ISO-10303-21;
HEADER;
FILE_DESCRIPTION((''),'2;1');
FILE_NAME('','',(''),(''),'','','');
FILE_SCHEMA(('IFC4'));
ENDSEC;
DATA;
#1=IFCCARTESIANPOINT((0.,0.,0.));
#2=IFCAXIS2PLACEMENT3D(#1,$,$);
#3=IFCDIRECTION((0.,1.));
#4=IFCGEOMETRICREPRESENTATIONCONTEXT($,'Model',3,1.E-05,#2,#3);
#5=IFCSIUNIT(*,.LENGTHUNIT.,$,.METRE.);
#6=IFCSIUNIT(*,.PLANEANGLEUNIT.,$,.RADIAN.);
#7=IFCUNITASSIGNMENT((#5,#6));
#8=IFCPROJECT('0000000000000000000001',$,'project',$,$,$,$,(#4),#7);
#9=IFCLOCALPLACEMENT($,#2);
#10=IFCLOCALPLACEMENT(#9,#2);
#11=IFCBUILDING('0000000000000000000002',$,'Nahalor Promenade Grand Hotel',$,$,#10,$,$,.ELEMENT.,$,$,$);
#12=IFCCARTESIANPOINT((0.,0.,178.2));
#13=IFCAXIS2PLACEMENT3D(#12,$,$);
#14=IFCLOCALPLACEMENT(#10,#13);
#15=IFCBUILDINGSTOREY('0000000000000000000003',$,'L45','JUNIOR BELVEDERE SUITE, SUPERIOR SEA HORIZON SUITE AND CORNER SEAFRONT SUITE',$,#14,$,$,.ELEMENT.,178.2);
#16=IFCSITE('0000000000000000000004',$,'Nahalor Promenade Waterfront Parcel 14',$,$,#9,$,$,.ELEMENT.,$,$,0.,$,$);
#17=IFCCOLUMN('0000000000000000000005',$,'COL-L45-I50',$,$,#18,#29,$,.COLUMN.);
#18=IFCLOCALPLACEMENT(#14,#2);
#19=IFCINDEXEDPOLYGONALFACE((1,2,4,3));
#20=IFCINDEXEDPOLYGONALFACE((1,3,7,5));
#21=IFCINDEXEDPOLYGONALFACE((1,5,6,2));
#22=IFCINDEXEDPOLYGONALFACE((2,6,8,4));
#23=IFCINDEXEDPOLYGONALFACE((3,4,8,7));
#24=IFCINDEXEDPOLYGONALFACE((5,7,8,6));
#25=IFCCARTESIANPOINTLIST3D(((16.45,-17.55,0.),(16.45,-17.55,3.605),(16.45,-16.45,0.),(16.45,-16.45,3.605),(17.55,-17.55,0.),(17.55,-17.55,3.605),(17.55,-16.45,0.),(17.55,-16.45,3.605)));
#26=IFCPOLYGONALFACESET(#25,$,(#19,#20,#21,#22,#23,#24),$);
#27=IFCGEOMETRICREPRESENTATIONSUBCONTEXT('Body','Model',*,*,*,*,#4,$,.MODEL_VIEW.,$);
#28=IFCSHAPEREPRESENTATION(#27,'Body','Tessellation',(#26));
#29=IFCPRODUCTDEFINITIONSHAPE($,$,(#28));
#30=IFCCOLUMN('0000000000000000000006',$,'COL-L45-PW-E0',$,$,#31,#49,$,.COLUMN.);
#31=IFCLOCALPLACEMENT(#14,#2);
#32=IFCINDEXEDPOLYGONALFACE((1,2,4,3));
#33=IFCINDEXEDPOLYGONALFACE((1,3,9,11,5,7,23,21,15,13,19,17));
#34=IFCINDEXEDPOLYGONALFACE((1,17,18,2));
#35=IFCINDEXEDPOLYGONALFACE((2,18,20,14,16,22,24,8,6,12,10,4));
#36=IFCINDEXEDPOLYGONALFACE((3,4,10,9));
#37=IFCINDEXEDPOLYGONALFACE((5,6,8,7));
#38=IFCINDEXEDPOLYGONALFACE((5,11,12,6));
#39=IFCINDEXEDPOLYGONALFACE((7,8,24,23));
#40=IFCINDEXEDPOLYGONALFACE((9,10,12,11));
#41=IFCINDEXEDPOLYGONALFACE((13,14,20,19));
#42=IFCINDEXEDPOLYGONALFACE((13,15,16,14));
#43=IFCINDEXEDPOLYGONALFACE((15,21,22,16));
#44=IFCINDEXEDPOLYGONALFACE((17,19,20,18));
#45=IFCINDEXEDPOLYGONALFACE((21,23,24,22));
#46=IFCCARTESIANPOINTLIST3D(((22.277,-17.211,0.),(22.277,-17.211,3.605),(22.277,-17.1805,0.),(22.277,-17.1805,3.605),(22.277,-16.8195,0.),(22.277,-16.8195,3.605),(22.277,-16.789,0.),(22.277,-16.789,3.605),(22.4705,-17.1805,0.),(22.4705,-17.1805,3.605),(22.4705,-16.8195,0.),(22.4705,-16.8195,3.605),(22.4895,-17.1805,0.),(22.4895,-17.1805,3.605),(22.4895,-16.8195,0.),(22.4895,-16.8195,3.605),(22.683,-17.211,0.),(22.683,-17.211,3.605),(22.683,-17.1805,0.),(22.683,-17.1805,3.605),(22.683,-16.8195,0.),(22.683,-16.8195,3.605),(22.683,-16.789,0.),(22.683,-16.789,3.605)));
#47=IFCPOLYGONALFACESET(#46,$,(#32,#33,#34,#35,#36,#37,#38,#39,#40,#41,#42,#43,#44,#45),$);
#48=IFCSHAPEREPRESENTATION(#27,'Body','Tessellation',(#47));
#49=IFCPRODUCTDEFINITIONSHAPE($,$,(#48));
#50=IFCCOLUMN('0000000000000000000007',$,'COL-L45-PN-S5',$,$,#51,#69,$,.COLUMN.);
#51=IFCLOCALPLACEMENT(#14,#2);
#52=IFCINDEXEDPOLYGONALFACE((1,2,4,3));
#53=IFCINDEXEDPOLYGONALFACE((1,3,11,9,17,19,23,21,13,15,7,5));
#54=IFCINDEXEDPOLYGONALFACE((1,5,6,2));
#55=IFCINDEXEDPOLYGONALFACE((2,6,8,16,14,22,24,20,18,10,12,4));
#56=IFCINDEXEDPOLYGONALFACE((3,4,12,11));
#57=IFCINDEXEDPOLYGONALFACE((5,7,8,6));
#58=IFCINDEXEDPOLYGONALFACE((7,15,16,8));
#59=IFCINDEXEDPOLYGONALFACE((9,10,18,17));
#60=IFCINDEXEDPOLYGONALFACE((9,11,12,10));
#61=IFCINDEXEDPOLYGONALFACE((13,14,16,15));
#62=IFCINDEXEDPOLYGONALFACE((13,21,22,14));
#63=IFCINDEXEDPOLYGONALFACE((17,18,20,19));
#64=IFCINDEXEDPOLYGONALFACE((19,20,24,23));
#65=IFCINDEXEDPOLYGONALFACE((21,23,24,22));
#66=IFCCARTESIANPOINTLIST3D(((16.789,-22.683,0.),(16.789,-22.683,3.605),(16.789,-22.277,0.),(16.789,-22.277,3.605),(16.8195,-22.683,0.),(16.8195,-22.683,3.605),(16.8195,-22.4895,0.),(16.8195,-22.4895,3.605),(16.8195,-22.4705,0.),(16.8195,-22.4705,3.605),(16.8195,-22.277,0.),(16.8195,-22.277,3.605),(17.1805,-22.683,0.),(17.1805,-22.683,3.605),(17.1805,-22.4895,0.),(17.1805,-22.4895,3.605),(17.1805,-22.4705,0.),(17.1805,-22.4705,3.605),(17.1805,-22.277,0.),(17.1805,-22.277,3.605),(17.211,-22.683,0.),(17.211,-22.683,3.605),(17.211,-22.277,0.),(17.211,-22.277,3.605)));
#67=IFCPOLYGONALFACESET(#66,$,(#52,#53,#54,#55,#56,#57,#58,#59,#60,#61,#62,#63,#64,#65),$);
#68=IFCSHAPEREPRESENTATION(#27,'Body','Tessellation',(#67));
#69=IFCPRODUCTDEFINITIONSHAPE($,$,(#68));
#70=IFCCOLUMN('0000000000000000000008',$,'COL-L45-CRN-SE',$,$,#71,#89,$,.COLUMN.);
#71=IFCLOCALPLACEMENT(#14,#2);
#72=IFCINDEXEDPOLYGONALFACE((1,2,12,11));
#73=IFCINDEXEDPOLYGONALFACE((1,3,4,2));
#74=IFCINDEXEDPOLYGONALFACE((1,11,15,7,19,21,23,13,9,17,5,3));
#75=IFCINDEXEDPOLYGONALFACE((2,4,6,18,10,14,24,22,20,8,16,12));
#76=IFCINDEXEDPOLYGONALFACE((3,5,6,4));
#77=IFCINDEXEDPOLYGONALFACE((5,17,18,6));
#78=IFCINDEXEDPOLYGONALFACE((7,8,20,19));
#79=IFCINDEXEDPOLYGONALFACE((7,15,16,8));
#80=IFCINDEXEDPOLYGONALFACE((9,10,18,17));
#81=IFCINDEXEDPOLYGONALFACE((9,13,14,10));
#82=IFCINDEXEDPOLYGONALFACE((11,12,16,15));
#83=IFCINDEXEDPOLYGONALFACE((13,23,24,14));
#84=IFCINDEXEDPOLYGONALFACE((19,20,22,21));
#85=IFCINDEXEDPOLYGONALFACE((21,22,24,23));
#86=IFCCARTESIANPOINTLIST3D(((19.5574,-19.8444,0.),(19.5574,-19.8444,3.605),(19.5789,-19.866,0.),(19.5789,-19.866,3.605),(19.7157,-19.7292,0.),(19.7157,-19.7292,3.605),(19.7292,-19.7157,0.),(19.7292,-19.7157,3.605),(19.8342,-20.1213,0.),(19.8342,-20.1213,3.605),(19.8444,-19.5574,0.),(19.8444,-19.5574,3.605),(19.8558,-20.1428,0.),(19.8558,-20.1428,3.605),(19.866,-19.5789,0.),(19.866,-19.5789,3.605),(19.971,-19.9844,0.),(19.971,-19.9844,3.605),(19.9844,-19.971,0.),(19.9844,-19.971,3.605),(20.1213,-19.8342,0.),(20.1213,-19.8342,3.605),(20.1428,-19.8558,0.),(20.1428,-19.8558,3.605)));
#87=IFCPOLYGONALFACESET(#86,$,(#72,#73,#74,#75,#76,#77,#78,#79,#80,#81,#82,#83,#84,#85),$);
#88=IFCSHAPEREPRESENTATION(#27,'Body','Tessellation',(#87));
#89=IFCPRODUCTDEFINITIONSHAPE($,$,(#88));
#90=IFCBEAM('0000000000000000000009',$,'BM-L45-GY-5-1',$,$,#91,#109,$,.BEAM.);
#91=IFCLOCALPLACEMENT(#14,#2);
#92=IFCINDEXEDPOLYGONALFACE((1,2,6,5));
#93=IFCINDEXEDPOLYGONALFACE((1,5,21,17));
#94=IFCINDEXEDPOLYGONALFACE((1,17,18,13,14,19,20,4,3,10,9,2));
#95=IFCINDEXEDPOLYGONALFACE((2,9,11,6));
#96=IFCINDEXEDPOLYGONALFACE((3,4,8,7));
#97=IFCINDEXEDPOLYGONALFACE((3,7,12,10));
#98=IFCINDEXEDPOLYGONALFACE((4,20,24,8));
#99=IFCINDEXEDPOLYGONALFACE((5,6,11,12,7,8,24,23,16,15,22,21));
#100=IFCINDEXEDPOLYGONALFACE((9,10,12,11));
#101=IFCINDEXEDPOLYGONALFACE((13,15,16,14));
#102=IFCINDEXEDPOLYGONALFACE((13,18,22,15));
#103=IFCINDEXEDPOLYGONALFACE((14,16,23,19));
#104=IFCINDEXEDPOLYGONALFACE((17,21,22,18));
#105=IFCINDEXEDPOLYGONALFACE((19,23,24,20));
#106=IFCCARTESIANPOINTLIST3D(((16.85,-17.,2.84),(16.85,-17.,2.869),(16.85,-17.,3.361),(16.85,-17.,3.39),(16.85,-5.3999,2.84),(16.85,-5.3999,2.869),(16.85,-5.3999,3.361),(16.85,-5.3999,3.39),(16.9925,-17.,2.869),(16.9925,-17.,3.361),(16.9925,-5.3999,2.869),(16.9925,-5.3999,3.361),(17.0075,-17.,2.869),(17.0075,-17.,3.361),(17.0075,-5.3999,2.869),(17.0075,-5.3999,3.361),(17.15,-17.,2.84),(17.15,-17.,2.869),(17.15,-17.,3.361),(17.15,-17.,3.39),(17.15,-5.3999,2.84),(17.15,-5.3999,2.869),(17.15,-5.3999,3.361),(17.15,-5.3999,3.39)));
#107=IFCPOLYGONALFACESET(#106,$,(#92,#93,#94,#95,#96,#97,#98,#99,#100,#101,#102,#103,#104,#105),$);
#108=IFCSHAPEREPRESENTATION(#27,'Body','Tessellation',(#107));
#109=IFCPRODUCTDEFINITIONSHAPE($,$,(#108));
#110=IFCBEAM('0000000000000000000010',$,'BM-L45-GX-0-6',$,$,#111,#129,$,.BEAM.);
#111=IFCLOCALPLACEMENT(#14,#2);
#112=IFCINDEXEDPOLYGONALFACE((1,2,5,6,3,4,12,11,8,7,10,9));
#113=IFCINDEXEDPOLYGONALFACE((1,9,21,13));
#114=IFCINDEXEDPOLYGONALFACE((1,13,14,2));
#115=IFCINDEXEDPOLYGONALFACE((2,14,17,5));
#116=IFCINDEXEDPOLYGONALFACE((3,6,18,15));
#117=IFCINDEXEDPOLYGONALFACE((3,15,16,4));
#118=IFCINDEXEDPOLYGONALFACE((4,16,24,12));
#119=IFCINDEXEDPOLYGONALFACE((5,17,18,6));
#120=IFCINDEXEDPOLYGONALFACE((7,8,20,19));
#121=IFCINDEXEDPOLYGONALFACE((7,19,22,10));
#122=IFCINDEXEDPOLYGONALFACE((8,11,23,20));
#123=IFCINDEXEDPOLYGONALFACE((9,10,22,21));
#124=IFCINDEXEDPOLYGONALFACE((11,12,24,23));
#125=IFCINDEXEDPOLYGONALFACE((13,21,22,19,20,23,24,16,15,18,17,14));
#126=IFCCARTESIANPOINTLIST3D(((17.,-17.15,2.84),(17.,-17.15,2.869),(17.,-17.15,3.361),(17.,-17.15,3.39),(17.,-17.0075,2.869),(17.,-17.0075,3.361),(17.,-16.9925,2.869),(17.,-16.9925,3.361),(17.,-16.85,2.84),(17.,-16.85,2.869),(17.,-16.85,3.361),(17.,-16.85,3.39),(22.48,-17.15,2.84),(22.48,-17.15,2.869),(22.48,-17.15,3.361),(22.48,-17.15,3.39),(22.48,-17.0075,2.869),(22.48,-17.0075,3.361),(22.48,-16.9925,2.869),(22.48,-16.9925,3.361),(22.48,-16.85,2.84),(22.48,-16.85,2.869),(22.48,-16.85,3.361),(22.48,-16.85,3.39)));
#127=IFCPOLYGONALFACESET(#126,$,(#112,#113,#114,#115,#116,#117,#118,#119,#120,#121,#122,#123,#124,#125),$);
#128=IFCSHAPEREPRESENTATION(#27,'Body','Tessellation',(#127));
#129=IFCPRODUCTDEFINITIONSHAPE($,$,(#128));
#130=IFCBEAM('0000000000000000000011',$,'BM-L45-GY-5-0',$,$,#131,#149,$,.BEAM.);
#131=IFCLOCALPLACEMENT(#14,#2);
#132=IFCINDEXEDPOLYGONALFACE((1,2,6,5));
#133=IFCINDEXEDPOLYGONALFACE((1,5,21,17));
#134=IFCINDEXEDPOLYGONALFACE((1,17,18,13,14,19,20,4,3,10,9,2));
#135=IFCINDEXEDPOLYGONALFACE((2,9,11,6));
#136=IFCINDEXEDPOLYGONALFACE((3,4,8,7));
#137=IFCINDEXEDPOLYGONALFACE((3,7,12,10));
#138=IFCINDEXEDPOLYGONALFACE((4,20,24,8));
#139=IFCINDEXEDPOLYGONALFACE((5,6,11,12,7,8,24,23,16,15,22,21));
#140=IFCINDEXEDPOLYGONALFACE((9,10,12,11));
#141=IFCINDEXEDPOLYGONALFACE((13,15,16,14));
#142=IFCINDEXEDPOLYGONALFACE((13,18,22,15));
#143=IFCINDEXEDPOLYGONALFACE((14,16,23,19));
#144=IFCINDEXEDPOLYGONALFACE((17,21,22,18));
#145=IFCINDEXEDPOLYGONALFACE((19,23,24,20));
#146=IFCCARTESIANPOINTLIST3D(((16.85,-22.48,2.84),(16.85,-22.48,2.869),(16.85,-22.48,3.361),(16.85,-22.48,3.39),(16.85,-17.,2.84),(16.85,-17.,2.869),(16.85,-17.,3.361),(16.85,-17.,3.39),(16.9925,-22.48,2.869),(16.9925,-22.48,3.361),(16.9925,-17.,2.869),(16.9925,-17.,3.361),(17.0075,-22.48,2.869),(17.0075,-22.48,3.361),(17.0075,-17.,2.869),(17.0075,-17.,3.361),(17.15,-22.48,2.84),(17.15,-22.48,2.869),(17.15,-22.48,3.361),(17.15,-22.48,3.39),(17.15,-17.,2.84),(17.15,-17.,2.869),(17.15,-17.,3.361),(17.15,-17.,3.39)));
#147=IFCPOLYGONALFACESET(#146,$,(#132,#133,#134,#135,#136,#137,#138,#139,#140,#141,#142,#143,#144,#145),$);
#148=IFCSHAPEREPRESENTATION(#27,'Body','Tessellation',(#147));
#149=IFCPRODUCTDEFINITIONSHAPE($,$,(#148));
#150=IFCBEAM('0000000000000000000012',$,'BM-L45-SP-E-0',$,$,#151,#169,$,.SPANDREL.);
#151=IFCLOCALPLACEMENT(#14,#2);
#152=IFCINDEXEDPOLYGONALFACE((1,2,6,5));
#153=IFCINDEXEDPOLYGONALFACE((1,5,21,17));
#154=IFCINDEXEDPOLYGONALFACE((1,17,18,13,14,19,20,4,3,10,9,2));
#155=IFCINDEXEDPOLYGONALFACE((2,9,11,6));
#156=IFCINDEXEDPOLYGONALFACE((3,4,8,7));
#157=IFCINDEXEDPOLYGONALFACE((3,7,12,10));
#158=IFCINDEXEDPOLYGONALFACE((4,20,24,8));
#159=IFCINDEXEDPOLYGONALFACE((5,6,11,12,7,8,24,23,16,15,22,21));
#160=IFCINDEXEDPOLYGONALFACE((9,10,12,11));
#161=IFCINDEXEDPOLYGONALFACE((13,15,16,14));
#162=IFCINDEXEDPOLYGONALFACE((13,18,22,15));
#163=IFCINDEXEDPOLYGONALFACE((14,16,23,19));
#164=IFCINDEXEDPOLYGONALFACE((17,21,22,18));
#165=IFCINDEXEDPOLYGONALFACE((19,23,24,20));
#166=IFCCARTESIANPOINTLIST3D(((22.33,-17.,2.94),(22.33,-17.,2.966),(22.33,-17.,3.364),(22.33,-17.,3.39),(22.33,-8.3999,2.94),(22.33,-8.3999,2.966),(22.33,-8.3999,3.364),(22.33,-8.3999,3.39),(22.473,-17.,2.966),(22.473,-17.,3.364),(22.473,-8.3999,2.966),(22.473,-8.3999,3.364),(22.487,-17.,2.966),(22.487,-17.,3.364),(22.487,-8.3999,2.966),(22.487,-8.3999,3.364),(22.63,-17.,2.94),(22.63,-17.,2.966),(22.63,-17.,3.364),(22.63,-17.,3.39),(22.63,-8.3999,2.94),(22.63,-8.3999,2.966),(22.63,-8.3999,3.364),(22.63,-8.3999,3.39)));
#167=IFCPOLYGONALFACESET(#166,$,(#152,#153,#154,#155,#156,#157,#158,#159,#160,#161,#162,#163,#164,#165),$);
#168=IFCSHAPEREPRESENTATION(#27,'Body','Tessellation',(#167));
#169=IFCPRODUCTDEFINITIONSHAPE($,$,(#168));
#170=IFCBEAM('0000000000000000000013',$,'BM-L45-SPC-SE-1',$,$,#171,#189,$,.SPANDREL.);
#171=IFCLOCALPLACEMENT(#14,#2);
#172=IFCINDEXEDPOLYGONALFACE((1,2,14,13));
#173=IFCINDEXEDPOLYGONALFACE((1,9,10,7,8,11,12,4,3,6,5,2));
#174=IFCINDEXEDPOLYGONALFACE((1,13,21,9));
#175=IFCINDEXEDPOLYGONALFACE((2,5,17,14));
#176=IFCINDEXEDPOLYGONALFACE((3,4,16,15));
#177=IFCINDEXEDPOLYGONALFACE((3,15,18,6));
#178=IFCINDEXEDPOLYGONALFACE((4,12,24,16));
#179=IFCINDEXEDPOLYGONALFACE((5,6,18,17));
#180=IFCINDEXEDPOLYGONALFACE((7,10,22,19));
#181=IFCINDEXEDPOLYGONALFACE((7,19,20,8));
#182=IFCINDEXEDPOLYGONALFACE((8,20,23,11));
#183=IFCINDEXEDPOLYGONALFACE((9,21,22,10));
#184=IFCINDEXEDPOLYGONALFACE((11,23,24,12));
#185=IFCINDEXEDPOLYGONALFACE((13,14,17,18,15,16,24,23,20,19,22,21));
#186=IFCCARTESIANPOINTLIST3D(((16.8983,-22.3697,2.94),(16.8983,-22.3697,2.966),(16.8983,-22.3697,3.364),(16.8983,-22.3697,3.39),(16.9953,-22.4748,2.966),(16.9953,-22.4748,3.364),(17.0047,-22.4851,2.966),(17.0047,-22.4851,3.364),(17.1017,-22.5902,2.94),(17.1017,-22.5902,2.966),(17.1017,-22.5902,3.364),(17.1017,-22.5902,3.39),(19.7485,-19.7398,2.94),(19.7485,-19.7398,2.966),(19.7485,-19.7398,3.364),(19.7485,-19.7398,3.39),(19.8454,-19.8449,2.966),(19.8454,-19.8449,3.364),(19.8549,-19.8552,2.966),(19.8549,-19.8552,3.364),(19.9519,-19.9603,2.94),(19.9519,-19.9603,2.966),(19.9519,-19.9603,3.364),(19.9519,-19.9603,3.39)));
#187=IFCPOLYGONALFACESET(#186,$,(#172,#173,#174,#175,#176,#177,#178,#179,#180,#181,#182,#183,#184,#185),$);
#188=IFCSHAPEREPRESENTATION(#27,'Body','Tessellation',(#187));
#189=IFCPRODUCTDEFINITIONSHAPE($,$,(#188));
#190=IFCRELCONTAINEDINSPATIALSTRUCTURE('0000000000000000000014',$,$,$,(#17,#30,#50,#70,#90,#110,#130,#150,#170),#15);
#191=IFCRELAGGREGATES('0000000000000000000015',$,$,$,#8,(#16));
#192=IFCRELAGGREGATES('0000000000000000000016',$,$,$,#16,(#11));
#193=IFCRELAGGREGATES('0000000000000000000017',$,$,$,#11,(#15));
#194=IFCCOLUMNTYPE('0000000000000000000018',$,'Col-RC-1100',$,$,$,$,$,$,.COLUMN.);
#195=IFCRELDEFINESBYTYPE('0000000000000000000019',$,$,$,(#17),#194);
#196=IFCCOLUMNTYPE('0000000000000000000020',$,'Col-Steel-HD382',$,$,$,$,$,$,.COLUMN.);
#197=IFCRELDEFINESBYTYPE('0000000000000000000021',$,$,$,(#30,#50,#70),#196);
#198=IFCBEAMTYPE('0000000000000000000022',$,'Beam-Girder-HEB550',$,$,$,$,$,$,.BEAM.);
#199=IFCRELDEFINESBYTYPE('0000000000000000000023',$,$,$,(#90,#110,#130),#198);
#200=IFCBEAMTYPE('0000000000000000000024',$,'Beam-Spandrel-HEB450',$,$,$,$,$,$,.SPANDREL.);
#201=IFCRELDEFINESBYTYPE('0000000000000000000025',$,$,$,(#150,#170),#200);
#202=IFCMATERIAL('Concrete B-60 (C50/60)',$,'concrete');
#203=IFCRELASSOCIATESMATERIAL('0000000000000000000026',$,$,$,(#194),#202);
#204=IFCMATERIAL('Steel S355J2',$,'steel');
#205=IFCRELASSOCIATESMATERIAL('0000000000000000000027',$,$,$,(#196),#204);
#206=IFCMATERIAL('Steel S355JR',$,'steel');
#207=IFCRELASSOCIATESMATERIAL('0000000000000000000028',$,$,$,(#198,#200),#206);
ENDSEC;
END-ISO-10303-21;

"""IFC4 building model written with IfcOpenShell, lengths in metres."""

from ifc_helpers import new_model, si_unit, direction, frame, origin, origin_2d, place, context, subcontext, project, spatial, rectangle, i_section, extrude, source, transform, mapped, material, material_profile, profile_set, type_object, element, save


model = new_model("IFC4")

# Units and contexts
model_context = context("Model", 3, precision=1e-05, world=origin(), true_north=direction((0.0, 1.0)))
body_context = subcontext(model_context, "Body", "Model", "MODEL_VIEW")
ifc_project = project(units=[si_unit("LENGTHUNIT", "METRE"), si_unit("PLANEANGLEUNIT", "RADIAN")], contexts=[model_context])

# Site, building, storey
site_placement = place(None, origin())
site = spatial("IfcSite", under=ifc_project, at=site_placement, Name="Nahalor Promenade Waterfront Parcel 14", CompositionType="ELEMENT", RefElevation=0.0)
building_placement = place(site_placement, origin())
building = spatial("IfcBuilding", under=site, at=building_placement, Name="Nahalor Promenade Grand Hotel", CompositionType="ELEMENT")
storey_placement = place(building_placement, frame((0.0, 0.0, 178.2)))
storey = spatial("IfcBuildingStorey", under=building, at=storey_placement, Name="L45", Description="JUNIOR BELVEDERE SUITE, SUPERIOR SEA HORIZON SUITE AND CORNER SEAFRONT SUITE", CompositionType="ELEMENT", Elevation=178.2)

# Columns
ifc_material_1 = material(Name="Concrete B-60 (C50/60)", Category="concrete")
ifc_material_profile_1 = material_profile(ifc_material_1, rectangle(XDim=1.1, YDim=1.1, at=origin_2d()), Name="RC 1100x1100")
ifc_profile_set_1 = profile_set([ifc_material_profile_1], Name="Concrete B-60 (C50/60)")
column_type_1 = type_object("IfcColumnType", Name="Col-RC-1100", PredefinedType="COLUMN", material=ifc_profile_set_1)
shared_shape_1 = source(origin(), body_context, "Body", "SweptSolid", [
    extrude(rectangle(XDim=1.1, YDim=1.1, at=origin_2d()), origin(), (0.0, 0.0, 1.0), 3.605),
])
column_placement = place(storey_placement, frame((17.0, -17.0, 0.0), z_axis=(0.0, 0.0, 1.0), x_axis=(1.0, 0.0, 0.0)))
element("IfcColumn", 1, at=column_placement, inside=storey, type_object=column_type_1, Name="COL-L45-I50", PredefinedType="COLUMN", context=body_context, shape_type="MappedRepresentation", body=[
    mapped(shared_shape_1, transform((0.0, 0.0, 0.0), scale=1.0)),
])
ifc_material_2 = material(Name="Steel S355J2", Category="steel")
ifc_material_profile_2 = material_profile(ifc_material_2, i_section(OverallWidth=0.406, OverallDepth=0.422, WebThickness=0.019, FlangeThickness=0.0305, at=origin_2d()), Name="HD 400x382")
ifc_profile_set_2 = profile_set([ifc_material_profile_2], Name="Steel S355J2")
column_type_2 = type_object("IfcColumnType", Name="Col-Steel-HD382", PredefinedType="COLUMN", material=ifc_profile_set_2)
shared_shape_2 = source(origin(), body_context, "Body", "SweptSolid", [
    extrude(i_section(OverallWidth=0.406, OverallDepth=0.422, WebThickness=0.019, FlangeThickness=0.0305, at=origin_2d()), origin(), (0.0, 0.0, 1.0), 3.605),
])
for number, where, z_axis, x_axis, name in (
    (2, (22.48, -17.0, 0.0), (0.0, 0.0, 1.0), (1.0, 0.0, 0.0), "COL-L45-PW-E0"),
    (3, (17.0, -22.48, 0.0), (0.0, 0.0, 1.0), (0.0, 1.0, 0.0), "COL-L45-PN-S5"),
    (4, (19.8501, -19.8501, 0.0), (0.0, 0.0, 1.0), (0.707107, 0.707107, 0.0), "COL-L45-CRN-SE"),
):
    element("IfcColumn", number, at=place(storey_placement, frame(where, z_axis=z_axis, x_axis=x_axis)), inside=storey, type_object=column_type_2, Name=name, PredefinedType="COLUMN", context=body_context, shape_type="MappedRepresentation", body=[
        mapped(shared_shape_2, transform((0.0, 0.0, 0.0), scale=1.0)),
    ])

# Beams
ifc_material_3 = material(Name="Steel S355JR", Category="steel")
ifc_material_profile_3 = material_profile(ifc_material_3, i_section(OverallWidth=0.3, OverallDepth=0.55, WebThickness=0.015, FlangeThickness=0.029, at=origin_2d()), Name="HEB 550")
ifc_profile_set_3 = profile_set([ifc_material_profile_3], Name="Steel S355JR")
beam_type_1 = type_object("IfcBeamType", Name="Beam-Girder-HEB550", PredefinedType="BEAM", material=ifc_profile_set_3)
shared_shape_3 = source(origin(), body_context, "Body", "SweptSolid", [
    extrude(i_section(OverallWidth=0.3, OverallDepth=0.55, WebThickness=0.015, FlangeThickness=0.029, at=origin_2d()), origin(), (0.0, 0.0, 1.0), 11.6001),
])
beam_1_placement = place(storey_placement, frame((17.0, -17.0, 3.115), z_axis=(0.0, 1.0, 0.0), x_axis=(-1.0, 0.0, 0.0)))
element("IfcBeam", 5, at=beam_1_placement, inside=storey, type_object=beam_type_1, Name="BM-L45-GY-5-1", PredefinedType="BEAM", context=body_context, shape_type="MappedRepresentation", body=[
    mapped(shared_shape_3, transform((0.0, 0.0, 0.0), scale=1.0)),
])
shared_shape_4 = source(origin(), body_context, "Body", "SweptSolid", [
    extrude(i_section(OverallWidth=0.3, OverallDepth=0.55, WebThickness=0.015, FlangeThickness=0.029, at=origin_2d()), origin(), (0.0, 0.0, 1.0), 5.48),
])
for number, where, z_axis, x_axis, name in (
    (6, (17.0, -17.0, 3.115), (1.0, 0.0, 0.0), (0.0, 1.0, 0.0), "BM-L45-GX-0-6"),
    (7, (17.0, -22.48, 3.115), (0.0, 1.0, 0.0), (-1.0, 0.0, 0.0), "BM-L45-GY-5-0"),
):
    element("IfcBeam", number, at=place(storey_placement, frame(where, z_axis=z_axis, x_axis=x_axis)), inside=storey, type_object=beam_type_1, Name=name, PredefinedType="BEAM", context=body_context, shape_type="MappedRepresentation", body=[
        mapped(shared_shape_4, transform((0.0, 0.0, 0.0), scale=1.0)),
    ])
ifc_material_profile_4 = material_profile(ifc_material_3, i_section(OverallWidth=0.3, OverallDepth=0.45, WebThickness=0.014, FlangeThickness=0.026, at=origin_2d()), Name="HEB 450")
ifc_profile_set_4 = profile_set([ifc_material_profile_4], Name="Steel S355JR")
beam_type_2 = type_object("IfcBeamType", Name="Beam-Spandrel-HEB450", PredefinedType="SPANDREL", material=ifc_profile_set_4)
shared_shape_5 = source(origin(), body_context, "Body", "SweptSolid", [
    extrude(i_section(OverallWidth=0.3, OverallDepth=0.45, WebThickness=0.014, FlangeThickness=0.026, at=origin_2d()), origin(), (0.0, 0.0, 1.0), 8.6001),
])
beam_2_placement = place(storey_placement, frame((22.48, -17.0, 3.165), z_axis=(0.0, 1.0, 0.0), x_axis=(-1.0, 0.0, 0.0)))
element("IfcBeam", 8, at=beam_2_placement, inside=storey, type_object=beam_type_2, Name="BM-L45-SP-E-0", PredefinedType="SPANDREL", context=body_context, shape_type="MappedRepresentation", body=[
    mapped(shared_shape_5, transform((0.0, 0.0, 0.0), scale=1.0)),
])
shared_shape_6 = source(origin(), body_context, "Body", "SweptSolid", [
    extrude(i_section(OverallWidth=0.3, OverallDepth=0.45, WebThickness=0.014, FlangeThickness=0.026, at=origin_2d()), origin(), (0.0, 0.0, 1.0), 3.8782),
])
for number, where, z_axis, x_axis, name in (
    (9, (17.0, -22.48, 3.165), (0.734929, 0.678144, 0.0), (-0.678144, 0.734929, 0.0), "BM-L45-SPC-SE-1"),
):
    element("IfcBeam", number, at=place(storey_placement, frame(where, z_axis=z_axis, x_axis=x_axis)), inside=storey, type_object=beam_type_2, Name=name, PredefinedType="SPANDREL", context=body_context, shape_type="MappedRepresentation", body=[
        mapped(shared_shape_6, transform((0.0, 0.0, 0.0), scale=1.0)),
    ])

save(model, "model.ifc")
